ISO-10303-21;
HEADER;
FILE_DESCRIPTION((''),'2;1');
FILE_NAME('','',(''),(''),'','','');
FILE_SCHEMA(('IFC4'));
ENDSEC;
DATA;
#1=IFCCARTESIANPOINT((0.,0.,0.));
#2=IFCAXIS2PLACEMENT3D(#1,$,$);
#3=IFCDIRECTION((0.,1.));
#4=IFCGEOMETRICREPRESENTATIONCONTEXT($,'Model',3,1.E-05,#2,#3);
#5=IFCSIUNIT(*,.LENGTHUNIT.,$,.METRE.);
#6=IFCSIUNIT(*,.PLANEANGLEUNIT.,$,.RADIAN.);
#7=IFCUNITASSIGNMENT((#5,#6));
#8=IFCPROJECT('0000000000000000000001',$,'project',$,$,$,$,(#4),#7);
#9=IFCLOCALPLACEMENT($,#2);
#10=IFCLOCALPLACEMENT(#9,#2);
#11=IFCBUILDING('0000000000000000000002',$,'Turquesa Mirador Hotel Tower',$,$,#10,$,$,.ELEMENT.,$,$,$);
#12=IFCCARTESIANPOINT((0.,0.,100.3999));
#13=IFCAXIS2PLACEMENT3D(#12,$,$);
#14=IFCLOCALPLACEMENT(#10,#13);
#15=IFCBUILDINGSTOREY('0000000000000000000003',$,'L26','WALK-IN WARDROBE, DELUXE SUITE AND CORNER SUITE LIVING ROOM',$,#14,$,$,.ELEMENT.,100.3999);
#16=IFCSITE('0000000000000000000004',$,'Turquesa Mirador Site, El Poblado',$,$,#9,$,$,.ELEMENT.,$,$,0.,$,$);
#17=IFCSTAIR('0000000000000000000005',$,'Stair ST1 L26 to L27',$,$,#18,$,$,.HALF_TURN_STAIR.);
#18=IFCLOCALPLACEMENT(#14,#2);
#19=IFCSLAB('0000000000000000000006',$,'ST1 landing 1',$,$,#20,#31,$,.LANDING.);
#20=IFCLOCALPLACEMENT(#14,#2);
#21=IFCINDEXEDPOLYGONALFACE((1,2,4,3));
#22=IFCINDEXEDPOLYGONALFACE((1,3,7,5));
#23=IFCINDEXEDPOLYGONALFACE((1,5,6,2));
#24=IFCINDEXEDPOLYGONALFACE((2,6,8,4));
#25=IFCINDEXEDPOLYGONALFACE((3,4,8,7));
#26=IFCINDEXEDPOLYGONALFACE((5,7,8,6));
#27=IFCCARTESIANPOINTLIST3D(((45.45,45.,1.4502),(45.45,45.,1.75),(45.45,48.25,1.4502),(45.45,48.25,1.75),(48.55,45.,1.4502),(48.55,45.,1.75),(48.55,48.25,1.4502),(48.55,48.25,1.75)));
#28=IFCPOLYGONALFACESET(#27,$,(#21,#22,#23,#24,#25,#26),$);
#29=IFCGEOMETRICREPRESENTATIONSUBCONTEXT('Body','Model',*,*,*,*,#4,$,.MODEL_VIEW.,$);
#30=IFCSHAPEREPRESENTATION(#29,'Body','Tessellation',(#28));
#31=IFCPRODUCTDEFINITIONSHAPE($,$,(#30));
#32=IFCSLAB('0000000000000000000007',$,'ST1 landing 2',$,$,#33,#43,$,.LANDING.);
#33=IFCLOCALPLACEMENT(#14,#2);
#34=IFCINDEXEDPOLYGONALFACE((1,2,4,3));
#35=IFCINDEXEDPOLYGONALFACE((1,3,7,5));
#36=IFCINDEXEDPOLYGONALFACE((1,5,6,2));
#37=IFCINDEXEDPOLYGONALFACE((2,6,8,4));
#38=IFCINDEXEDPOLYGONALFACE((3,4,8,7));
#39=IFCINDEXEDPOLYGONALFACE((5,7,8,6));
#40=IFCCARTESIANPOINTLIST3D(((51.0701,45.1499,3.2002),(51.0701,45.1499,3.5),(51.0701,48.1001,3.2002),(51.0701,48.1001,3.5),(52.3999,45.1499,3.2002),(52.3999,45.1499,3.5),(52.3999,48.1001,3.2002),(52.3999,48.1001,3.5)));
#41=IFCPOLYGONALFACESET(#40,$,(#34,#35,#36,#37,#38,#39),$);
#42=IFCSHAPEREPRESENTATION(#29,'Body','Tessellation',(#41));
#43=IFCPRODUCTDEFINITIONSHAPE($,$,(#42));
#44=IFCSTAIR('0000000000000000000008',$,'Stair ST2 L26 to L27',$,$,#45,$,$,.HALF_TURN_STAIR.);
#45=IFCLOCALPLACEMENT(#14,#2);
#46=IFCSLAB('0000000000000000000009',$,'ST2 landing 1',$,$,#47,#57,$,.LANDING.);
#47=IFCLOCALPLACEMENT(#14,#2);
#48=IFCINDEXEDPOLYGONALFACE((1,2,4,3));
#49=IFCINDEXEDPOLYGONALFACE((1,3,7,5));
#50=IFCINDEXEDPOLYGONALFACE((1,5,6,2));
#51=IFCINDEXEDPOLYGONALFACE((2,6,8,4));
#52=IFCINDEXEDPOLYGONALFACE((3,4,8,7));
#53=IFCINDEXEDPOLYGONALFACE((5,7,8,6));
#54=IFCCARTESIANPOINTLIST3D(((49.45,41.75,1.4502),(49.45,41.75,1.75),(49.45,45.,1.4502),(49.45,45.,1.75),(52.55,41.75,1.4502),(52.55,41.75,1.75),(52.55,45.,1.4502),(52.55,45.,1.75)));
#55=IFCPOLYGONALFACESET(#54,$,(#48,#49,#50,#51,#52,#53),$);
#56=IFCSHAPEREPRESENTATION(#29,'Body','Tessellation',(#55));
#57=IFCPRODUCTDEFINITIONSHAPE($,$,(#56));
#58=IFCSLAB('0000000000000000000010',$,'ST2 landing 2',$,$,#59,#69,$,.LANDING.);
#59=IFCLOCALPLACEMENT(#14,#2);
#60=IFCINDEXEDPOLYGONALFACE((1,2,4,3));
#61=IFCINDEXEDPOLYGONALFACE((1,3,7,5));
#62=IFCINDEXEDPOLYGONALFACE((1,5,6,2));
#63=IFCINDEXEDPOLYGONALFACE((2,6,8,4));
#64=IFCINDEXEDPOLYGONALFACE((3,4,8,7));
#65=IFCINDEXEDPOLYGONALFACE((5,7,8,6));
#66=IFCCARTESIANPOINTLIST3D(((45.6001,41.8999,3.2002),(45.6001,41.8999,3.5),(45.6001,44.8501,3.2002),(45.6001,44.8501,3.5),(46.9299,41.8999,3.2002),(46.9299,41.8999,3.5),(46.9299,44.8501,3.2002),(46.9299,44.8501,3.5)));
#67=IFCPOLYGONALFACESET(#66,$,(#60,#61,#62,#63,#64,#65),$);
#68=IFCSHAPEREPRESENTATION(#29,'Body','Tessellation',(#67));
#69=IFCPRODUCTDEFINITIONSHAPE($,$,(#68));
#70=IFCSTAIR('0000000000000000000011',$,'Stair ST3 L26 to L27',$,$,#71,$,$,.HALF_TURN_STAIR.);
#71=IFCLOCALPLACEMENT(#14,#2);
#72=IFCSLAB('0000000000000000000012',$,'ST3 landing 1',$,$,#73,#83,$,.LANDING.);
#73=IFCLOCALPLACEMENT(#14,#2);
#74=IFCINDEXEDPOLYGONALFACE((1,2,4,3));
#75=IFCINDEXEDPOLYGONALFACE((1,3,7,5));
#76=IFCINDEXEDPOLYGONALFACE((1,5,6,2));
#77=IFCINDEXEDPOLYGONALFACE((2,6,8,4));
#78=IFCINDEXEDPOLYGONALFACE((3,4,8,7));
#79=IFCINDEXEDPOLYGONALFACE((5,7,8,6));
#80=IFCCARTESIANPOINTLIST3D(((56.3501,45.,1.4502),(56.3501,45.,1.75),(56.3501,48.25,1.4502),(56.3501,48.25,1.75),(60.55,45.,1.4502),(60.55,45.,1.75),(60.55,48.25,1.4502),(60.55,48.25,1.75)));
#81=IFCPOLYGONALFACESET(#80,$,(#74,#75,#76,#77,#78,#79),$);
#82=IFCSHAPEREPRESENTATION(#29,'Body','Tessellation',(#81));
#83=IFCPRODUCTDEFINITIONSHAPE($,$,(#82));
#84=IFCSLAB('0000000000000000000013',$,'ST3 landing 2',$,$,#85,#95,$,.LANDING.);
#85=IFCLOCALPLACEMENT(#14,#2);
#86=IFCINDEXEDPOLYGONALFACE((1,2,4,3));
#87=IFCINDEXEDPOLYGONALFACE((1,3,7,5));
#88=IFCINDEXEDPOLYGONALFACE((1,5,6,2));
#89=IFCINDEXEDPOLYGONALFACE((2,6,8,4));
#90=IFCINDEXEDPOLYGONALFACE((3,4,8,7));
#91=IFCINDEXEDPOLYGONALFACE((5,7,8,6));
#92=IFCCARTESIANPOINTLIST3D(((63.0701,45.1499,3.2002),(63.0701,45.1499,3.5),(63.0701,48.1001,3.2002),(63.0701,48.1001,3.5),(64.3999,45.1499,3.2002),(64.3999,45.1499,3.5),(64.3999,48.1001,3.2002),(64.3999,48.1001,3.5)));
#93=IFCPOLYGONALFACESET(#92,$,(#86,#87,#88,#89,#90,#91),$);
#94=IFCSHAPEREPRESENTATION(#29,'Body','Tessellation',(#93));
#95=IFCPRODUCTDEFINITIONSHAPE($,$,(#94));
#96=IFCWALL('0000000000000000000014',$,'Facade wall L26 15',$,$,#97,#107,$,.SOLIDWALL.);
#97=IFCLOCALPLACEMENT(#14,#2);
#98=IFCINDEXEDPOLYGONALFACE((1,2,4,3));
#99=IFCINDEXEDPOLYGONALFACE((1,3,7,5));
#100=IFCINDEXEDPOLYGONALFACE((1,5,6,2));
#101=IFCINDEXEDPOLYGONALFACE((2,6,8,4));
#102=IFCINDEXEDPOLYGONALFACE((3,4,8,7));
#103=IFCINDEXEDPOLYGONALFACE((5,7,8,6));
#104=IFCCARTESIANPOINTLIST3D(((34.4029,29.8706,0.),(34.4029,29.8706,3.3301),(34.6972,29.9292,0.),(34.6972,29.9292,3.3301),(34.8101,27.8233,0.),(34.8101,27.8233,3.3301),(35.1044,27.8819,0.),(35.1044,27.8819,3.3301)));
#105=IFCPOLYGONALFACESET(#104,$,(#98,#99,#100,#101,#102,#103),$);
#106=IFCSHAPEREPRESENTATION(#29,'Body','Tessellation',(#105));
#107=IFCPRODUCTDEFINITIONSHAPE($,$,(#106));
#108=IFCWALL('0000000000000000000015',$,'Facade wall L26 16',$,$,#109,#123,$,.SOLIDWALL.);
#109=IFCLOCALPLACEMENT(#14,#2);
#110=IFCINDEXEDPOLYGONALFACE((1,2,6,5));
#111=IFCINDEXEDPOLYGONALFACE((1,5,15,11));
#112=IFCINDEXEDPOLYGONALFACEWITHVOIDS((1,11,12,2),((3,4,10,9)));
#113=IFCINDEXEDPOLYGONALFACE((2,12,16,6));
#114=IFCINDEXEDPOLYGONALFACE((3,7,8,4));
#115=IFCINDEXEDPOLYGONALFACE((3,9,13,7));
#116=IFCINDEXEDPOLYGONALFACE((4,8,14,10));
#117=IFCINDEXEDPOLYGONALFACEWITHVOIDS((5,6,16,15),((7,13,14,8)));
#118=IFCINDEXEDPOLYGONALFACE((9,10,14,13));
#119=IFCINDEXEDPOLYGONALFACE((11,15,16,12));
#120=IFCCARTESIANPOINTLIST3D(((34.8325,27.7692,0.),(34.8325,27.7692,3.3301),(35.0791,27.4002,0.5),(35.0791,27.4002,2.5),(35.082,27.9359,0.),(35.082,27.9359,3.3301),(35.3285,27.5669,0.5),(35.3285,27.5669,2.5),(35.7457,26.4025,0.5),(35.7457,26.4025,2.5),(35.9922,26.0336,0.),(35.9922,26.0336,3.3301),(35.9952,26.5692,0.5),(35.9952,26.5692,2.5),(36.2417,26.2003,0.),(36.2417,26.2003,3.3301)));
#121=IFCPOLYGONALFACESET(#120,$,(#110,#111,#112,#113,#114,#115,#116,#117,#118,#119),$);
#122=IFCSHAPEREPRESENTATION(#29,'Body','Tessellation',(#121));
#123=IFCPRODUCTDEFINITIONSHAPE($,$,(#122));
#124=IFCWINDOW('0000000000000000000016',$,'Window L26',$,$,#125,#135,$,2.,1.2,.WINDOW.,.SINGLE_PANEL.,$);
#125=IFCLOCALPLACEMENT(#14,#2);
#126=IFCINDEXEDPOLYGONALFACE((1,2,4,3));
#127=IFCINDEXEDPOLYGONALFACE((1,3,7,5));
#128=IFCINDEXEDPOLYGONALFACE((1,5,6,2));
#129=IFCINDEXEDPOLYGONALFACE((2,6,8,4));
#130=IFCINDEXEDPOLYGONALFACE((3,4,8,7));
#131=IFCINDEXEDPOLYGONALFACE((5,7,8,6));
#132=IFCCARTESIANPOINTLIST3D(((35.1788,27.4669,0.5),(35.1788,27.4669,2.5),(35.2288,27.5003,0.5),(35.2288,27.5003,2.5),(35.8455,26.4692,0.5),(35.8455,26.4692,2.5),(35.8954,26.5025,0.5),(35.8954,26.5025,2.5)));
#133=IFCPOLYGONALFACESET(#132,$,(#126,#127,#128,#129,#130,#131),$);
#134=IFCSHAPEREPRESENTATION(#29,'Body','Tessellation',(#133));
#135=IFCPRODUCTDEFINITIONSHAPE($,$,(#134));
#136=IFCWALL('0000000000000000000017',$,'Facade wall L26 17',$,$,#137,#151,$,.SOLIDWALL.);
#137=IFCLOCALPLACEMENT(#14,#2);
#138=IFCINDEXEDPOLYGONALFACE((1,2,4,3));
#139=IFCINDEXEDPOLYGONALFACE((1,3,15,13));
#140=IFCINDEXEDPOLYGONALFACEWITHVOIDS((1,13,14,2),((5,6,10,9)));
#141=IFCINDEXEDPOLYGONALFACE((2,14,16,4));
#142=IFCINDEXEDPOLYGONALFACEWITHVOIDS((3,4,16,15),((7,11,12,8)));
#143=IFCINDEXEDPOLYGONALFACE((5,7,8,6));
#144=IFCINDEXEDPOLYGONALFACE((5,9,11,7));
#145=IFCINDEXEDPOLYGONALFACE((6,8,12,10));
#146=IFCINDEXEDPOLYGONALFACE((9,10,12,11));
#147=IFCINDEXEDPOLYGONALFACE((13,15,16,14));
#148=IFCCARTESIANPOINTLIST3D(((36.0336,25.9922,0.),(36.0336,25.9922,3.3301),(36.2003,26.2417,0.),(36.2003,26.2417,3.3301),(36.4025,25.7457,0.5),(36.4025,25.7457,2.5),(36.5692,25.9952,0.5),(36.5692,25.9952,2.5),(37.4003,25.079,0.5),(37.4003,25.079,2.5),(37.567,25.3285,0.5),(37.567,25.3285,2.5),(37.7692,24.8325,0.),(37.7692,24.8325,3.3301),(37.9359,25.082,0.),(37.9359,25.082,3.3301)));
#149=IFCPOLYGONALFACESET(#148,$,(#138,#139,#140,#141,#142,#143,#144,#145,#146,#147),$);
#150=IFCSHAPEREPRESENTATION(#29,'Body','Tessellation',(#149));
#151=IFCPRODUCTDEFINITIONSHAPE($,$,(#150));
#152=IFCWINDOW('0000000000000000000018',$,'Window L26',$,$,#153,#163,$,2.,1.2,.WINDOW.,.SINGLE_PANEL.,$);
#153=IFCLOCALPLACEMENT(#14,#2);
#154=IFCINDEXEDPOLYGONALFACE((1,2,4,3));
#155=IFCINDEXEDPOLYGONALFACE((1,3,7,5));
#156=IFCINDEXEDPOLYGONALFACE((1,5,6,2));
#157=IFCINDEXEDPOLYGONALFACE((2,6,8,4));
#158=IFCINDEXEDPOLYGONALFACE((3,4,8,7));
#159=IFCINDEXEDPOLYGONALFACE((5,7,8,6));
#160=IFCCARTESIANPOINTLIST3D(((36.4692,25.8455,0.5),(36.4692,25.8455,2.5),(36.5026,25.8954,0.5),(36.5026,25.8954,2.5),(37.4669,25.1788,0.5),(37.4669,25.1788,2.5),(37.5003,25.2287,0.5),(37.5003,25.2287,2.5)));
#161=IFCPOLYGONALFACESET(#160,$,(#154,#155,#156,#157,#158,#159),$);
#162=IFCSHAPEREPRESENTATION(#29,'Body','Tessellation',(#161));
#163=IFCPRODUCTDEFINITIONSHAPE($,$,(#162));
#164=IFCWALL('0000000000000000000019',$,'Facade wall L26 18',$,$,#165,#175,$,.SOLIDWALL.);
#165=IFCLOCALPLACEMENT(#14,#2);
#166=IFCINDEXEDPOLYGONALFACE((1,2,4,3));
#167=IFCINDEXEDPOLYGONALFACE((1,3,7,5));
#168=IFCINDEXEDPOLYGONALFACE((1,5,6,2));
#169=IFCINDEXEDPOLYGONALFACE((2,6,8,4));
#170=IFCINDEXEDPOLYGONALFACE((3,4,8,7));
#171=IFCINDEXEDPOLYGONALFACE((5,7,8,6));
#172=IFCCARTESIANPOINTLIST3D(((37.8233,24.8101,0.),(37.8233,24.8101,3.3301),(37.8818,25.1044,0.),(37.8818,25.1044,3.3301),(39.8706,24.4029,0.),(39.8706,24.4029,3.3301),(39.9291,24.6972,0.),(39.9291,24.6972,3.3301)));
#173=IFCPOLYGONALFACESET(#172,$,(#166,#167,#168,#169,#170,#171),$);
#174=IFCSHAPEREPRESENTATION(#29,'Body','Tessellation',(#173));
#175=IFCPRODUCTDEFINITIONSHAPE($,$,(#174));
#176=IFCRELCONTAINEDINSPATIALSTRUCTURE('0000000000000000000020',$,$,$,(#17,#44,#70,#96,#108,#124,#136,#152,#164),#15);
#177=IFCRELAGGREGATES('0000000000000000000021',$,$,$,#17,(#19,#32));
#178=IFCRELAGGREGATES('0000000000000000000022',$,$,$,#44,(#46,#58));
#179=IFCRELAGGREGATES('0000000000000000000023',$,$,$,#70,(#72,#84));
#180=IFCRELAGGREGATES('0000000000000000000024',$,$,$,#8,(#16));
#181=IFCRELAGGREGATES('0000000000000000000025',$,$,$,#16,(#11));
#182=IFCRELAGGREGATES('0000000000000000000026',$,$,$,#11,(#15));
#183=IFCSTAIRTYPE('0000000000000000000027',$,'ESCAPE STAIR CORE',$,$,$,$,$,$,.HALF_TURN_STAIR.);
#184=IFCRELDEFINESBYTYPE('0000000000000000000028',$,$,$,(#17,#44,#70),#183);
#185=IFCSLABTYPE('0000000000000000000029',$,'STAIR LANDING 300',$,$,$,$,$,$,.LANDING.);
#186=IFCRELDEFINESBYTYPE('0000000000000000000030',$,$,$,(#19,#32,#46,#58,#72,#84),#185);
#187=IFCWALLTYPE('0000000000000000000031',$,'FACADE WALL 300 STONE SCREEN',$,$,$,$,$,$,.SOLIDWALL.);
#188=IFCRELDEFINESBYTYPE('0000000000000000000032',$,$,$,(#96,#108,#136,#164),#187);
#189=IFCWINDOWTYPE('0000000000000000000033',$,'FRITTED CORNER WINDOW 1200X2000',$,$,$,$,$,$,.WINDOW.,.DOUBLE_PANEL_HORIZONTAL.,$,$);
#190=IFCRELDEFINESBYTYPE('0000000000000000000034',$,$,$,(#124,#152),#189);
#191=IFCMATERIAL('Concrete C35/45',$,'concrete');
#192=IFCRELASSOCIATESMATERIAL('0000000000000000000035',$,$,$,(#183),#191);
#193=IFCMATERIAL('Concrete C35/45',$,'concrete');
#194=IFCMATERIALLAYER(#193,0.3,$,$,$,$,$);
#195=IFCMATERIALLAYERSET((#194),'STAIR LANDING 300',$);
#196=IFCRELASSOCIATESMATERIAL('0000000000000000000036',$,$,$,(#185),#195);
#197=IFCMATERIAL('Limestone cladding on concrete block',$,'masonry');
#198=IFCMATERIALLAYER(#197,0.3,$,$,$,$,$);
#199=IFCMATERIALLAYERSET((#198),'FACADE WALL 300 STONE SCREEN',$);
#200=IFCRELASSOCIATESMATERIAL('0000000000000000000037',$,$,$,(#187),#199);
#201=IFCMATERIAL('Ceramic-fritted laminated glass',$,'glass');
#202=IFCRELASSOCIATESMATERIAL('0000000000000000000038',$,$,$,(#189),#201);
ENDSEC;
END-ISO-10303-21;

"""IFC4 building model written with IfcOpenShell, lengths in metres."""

from ifc_helpers import new_model, si_unit, direction, frame, frame_2d, origin, place, context, subcontext, project, spatial, polyline, rectangle, outline, extrude, material, layer, layer_set, type_object, element, fill, aggregate, save


model = new_model("IFC4")

# Units and contexts
model_context = context("Model", 3, precision=1e-05, world=origin(), true_north=direction((0.0, 1.0)))
body_context = subcontext(model_context, "Body", "Model", "MODEL_VIEW")
ifc_project = project(units=[si_unit("LENGTHUNIT", "METRE"), si_unit("PLANEANGLEUNIT", "RADIAN")], contexts=[model_context])

# Site, building, storey
site_placement = place(None, origin())
site = spatial("IfcSite", under=ifc_project, at=site_placement, Name="Turquesa Mirador Site, El Poblado", CompositionType="ELEMENT", RefElevation=0.0)
building_placement = place(site_placement, origin())
building = spatial("IfcBuilding", under=site, at=building_placement, Name="Turquesa Mirador Hotel Tower", CompositionType="ELEMENT")
storey_placement = place(building_placement, frame((0.0, 0.0, 100.3999)))
storey = spatial("IfcBuildingStorey", under=building, at=storey_placement, Name="L26", Description="WALK-IN WARDROBE, DELUXE SUITE AND CORNER SUITE LIVING ROOM", CompositionType="ELEMENT", Elevation=100.3999)

# Stairs, slabs
ifc_material_1 = material(Name="Concrete C35/45", Category="concrete")
stair_type = type_object("IfcStairType", Name="ESCAPE STAIR CORE", PredefinedType="HALF_TURN_STAIR", material=ifc_material_1)
stair_1_placement = place(storey_placement, origin())
stair_1 = element("IfcStair", 1, at=stair_1_placement, inside=storey, type_object=stair_type, Name="Stair ST1 L26 to L27", PredefinedType="HALF_TURN_STAIR")
ifc_material_2 = material(Name="Concrete C35/45", Category="concrete")
ifc_layer_1 = layer(ifc_material_2, 0.3)
ifc_layer_set_1 = layer_set([ifc_layer_1], Name="STAIR LANDING 300")
slab_type_1 = type_object("IfcSlabType", Name="STAIR LANDING 300", PredefinedType="LANDING", material=ifc_layer_set_1)
slab_1_placement = place(storey_placement, frame((0.0, 0.0, 1.4502)))
slab_1 = element("IfcSlab", 2, at=slab_1_placement, type_object=slab_type_1, Name="ST1 landing 1", PredefinedType="LANDING", context=body_context, shape_type="SweptSolid", body=[
    extrude(outline(polyline([(45.45, 45.0), (48.55, 45.0), (48.55, 48.25), (45.45, 48.25), (45.45, 45.0)])), origin(), (0.0, 0.0, 1.0), 0.2998),
])
slab_2_placement = place(storey_placement, frame((0.0, 0.0, 3.2002)))
slab_2 = element("IfcSlab", 3, at=slab_2_placement, type_object=slab_type_1, Name="ST1 landing 2", PredefinedType="LANDING", context=body_context, shape_type="SweptSolid", body=[
    extrude(outline(polyline([(51.0701, 45.1499), (52.3999, 45.1499), (52.3999, 48.1001), (51.0701, 48.1001), (51.0701, 45.1499)])), origin(), (0.0, 0.0, 1.0), 0.2998),
])
aggregate(stair_1, [slab_1, slab_2])
stair_2_placement = place(storey_placement, origin())
stair_2 = element("IfcStair", 4, at=stair_2_placement, inside=storey, type_object=stair_type, Name="Stair ST2 L26 to L27", PredefinedType="HALF_TURN_STAIR")
slab_3_placement = place(storey_placement, frame((0.0, 0.0, 1.4502)))
slab_3 = element("IfcSlab", 5, at=slab_3_placement, type_object=slab_type_1, Name="ST2 landing 1", PredefinedType="LANDING", context=body_context, shape_type="SweptSolid", body=[
    extrude(outline(polyline([(52.55, 45.0), (49.45, 45.0), (49.45, 41.75), (52.55, 41.75), (52.55, 45.0)])), origin(), (0.0, 0.0, 1.0), 0.2998),
])
slab_4_placement = place(storey_placement, frame((0.0, 0.0, 3.2002)))
slab_4 = element("IfcSlab", 6, at=slab_4_placement, type_object=slab_type_1, Name="ST2 landing 2", PredefinedType="LANDING", context=body_context, shape_type="SweptSolid", body=[
    extrude(outline(polyline([(46.9299, 44.8501), (45.6001, 44.8501), (45.6001, 41.8999), (46.9299, 41.8999), (46.9299, 44.8501)])), origin(), (0.0, 0.0, 1.0), 0.2998),
])
aggregate(stair_2, [slab_3, slab_4])
stair_3_placement = place(storey_placement, origin())
stair_3 = element("IfcStair", 7, at=stair_3_placement, inside=storey, type_object=stair_type, Name="Stair ST3 L26 to L27", PredefinedType="HALF_TURN_STAIR")
slab_5_placement = place(storey_placement, frame((0.0, 0.0, 1.4502)))
slab_5 = element("IfcSlab", 8, at=slab_5_placement, type_object=slab_type_1, Name="ST3 landing 1", PredefinedType="LANDING", context=body_context, shape_type="SweptSolid", body=[
    extrude(outline(polyline([(56.3501, 45.0), (60.55, 45.0), (60.55, 48.25), (56.3501, 48.25), (56.3501, 45.0)])), origin(), (0.0, 0.0, 1.0), 0.2998),
])
slab_6_placement = place(storey_placement, frame((0.0, 0.0, 3.2002)))
slab_6 = element("IfcSlab", 9, at=slab_6_placement, type_object=slab_type_1, Name="ST3 landing 2", PredefinedType="LANDING", context=body_context, shape_type="SweptSolid", body=[
    extrude(outline(polyline([(63.0701, 45.1499), (64.3999, 45.1499), (64.3999, 48.1001), (63.0701, 48.1001), (63.0701, 45.1499)])), origin(), (0.0, 0.0, 1.0), 0.2998),
])
aggregate(stair_3, [slab_5, slab_6])

# Wall
ifc_material_3 = material(Name="Limestone cladding on concrete block", Category="masonry")
ifc_layer_2 = layer(ifc_material_3, 0.3)
ifc_layer_set_2 = layer_set([ifc_layer_2], Name="FACADE WALL 300 STONE SCREEN")
wall_type = type_object("IfcWallType", Name="FACADE WALL 300 STONE SCREEN", PredefinedType="SOLIDWALL", material=ifc_layer_set_2)
wall_1_placement = place(storey_placement, frame((34.55, 29.8999, 0.0), z_axis=(0.0, 0.0, 1.0), x_axis=(0.195081, -0.980787, 0.0)))
element("IfcWall", 10, at=wall_1_placement, inside=storey, type_object=wall_type, Name="Facade wall L26 15", PredefinedType="SOLIDWALL", context=body_context, shape_type="SweptSolid", body=[
    extrude(rectangle(XDim=2.0874, YDim=0.3, at=frame_2d((1.0437, 0.0))), origin(), (0.0, 0.0, 1.0), 3.3301),
])

# Walls, openings, windows
wall_2_placement = place(storey_placement, frame((34.9573, 27.8525, 0.0), z_axis=(0.0, 0.0, 1.0), x_axis=(0.555564, -0.831474, 0.0)))
wall_2 = element("IfcWall", 11, at=wall_2_placement, inside=storey, type_object=wall_type, Name="Facade wall L26 16", PredefinedType="SOLIDWALL", context=body_context, shape_type="SweptSolid", body=[
    extrude(rectangle(XDim=2.0874, YDim=0.3, at=frame_2d((1.0437, 0.0))), origin(), (0.0, 0.0, 1.0), 3.3301),
])
opening_1_placement = place(wall_2_placement, frame((0.4436, 0.0, 0.5)))
opening_1 = element("IfcOpeningElement", 12, at=opening_1_placement, cuts=wall_2, PredefinedType="OPENING", context=body_context, shape_type="SweptSolid", body=[
    extrude(rectangle(XDim=1.2, YDim=2.0, at=frame_2d((0.6001, 1.0))), frame((0.0, 0.1599, 0.0), z_axis=(0.0, -1.0, 0.0), x_axis=(1.0, 0.0, 0.0)), (0.0, 0.0, 1.0), 0.3201),
])
ifc_material_4 = material(Name="Ceramic-fritted laminated glass", Category="glass")
window_type_1 = type_object("IfcWindowType", Name="FRITTED CORNER WINDOW 1200X2000", PartitioningType="DOUBLE_PANEL_HORIZONTAL", PredefinedType="WINDOW", material=ifc_material_4)
window_1_placement = place(opening_1_placement, origin())
window_1 = element("IfcWindow", 13, at=window_1_placement, inside=storey, type_object=window_type_1, Name="Window L26", OverallHeight=2.0, OverallWidth=1.2, PartitioningType="SINGLE_PANEL", PredefinedType="WINDOW", context=body_context, shape_type="SweptSolid", body=[
    extrude(rectangle(XDim=1.2, YDim=2.0, at=frame_2d((0.6001, 1.0))), frame((0.0, 0.03, 0.0), z_axis=(0.0, -1.0, 0.0), x_axis=(1.0, 0.0, 0.0)), (0.0, 0.0, 1.0), 0.0601),
])
fill(opening_1, window_1)
wall_3_placement = place(storey_placement, frame((36.1169, 26.1169, 0.0), z_axis=(0.0, 0.0, 1.0), x_axis=(0.831474, -0.555564, 0.0)))
wall_3 = element("IfcWall", 14, at=wall_3_placement, inside=storey, type_object=wall_type, Name="Facade wall L26 17", PredefinedType="SOLIDWALL", context=body_context, shape_type="SweptSolid", body=[
    extrude(rectangle(XDim=2.0874, YDim=0.3, at=frame_2d((1.0437, 0.0))), origin(), (0.0, 0.0, 1.0), 3.3301),
])
opening_2_placement = place(wall_3_placement, frame((0.4436, 0.0, 0.5)))
opening_2 = element("IfcOpeningElement", 15, at=opening_2_placement, cuts=wall_3, PredefinedType="OPENING", context=body_context, shape_type="SweptSolid", body=[
    extrude(rectangle(XDim=1.2, YDim=2.0, at=frame_2d((0.6001, 1.0))), frame((0.0, 0.1599, 0.0), z_axis=(0.0, -1.0, 0.0), x_axis=(1.0, 0.0, 0.0)), (0.0, 0.0, 1.0), 0.3201),
])
window_2_placement = place(opening_2_placement, origin())
window_2 = element("IfcWindow", 16, at=window_2_placement, inside=storey, type_object=window_type_1, Name="Window L26", OverallHeight=2.0, OverallWidth=1.2, PartitioningType="SINGLE_PANEL", PredefinedType="WINDOW", context=body_context, shape_type="SweptSolid", body=[
    extrude(rectangle(XDim=1.2, YDim=2.0, at=frame_2d((0.6001, 1.0))), frame((0.0, 0.03, 0.0), z_axis=(0.0, -1.0, 0.0), x_axis=(1.0, 0.0, 0.0)), (0.0, 0.0, 1.0), 0.0601),
])
fill(opening_2, window_2)

# Wall
wall_4_placement = place(storey_placement, frame((37.8525, 24.9573, 0.0), z_axis=(0.0, 0.0, 1.0), x_axis=(0.980787, -0.195081, 0.0)))
element("IfcWall", 17, at=wall_4_placement, inside=storey, type_object=wall_type, Name="Facade wall L26 18", PredefinedType="SOLIDWALL", context=body_context, shape_type="SweptSolid", body=[
    extrude(rectangle(XDim=2.0874, YDim=0.3, at=frame_2d((1.0437, 0.0))), origin(), (0.0, 0.0, 1.0), 3.3301),
])

save(model, "model.ifc")
